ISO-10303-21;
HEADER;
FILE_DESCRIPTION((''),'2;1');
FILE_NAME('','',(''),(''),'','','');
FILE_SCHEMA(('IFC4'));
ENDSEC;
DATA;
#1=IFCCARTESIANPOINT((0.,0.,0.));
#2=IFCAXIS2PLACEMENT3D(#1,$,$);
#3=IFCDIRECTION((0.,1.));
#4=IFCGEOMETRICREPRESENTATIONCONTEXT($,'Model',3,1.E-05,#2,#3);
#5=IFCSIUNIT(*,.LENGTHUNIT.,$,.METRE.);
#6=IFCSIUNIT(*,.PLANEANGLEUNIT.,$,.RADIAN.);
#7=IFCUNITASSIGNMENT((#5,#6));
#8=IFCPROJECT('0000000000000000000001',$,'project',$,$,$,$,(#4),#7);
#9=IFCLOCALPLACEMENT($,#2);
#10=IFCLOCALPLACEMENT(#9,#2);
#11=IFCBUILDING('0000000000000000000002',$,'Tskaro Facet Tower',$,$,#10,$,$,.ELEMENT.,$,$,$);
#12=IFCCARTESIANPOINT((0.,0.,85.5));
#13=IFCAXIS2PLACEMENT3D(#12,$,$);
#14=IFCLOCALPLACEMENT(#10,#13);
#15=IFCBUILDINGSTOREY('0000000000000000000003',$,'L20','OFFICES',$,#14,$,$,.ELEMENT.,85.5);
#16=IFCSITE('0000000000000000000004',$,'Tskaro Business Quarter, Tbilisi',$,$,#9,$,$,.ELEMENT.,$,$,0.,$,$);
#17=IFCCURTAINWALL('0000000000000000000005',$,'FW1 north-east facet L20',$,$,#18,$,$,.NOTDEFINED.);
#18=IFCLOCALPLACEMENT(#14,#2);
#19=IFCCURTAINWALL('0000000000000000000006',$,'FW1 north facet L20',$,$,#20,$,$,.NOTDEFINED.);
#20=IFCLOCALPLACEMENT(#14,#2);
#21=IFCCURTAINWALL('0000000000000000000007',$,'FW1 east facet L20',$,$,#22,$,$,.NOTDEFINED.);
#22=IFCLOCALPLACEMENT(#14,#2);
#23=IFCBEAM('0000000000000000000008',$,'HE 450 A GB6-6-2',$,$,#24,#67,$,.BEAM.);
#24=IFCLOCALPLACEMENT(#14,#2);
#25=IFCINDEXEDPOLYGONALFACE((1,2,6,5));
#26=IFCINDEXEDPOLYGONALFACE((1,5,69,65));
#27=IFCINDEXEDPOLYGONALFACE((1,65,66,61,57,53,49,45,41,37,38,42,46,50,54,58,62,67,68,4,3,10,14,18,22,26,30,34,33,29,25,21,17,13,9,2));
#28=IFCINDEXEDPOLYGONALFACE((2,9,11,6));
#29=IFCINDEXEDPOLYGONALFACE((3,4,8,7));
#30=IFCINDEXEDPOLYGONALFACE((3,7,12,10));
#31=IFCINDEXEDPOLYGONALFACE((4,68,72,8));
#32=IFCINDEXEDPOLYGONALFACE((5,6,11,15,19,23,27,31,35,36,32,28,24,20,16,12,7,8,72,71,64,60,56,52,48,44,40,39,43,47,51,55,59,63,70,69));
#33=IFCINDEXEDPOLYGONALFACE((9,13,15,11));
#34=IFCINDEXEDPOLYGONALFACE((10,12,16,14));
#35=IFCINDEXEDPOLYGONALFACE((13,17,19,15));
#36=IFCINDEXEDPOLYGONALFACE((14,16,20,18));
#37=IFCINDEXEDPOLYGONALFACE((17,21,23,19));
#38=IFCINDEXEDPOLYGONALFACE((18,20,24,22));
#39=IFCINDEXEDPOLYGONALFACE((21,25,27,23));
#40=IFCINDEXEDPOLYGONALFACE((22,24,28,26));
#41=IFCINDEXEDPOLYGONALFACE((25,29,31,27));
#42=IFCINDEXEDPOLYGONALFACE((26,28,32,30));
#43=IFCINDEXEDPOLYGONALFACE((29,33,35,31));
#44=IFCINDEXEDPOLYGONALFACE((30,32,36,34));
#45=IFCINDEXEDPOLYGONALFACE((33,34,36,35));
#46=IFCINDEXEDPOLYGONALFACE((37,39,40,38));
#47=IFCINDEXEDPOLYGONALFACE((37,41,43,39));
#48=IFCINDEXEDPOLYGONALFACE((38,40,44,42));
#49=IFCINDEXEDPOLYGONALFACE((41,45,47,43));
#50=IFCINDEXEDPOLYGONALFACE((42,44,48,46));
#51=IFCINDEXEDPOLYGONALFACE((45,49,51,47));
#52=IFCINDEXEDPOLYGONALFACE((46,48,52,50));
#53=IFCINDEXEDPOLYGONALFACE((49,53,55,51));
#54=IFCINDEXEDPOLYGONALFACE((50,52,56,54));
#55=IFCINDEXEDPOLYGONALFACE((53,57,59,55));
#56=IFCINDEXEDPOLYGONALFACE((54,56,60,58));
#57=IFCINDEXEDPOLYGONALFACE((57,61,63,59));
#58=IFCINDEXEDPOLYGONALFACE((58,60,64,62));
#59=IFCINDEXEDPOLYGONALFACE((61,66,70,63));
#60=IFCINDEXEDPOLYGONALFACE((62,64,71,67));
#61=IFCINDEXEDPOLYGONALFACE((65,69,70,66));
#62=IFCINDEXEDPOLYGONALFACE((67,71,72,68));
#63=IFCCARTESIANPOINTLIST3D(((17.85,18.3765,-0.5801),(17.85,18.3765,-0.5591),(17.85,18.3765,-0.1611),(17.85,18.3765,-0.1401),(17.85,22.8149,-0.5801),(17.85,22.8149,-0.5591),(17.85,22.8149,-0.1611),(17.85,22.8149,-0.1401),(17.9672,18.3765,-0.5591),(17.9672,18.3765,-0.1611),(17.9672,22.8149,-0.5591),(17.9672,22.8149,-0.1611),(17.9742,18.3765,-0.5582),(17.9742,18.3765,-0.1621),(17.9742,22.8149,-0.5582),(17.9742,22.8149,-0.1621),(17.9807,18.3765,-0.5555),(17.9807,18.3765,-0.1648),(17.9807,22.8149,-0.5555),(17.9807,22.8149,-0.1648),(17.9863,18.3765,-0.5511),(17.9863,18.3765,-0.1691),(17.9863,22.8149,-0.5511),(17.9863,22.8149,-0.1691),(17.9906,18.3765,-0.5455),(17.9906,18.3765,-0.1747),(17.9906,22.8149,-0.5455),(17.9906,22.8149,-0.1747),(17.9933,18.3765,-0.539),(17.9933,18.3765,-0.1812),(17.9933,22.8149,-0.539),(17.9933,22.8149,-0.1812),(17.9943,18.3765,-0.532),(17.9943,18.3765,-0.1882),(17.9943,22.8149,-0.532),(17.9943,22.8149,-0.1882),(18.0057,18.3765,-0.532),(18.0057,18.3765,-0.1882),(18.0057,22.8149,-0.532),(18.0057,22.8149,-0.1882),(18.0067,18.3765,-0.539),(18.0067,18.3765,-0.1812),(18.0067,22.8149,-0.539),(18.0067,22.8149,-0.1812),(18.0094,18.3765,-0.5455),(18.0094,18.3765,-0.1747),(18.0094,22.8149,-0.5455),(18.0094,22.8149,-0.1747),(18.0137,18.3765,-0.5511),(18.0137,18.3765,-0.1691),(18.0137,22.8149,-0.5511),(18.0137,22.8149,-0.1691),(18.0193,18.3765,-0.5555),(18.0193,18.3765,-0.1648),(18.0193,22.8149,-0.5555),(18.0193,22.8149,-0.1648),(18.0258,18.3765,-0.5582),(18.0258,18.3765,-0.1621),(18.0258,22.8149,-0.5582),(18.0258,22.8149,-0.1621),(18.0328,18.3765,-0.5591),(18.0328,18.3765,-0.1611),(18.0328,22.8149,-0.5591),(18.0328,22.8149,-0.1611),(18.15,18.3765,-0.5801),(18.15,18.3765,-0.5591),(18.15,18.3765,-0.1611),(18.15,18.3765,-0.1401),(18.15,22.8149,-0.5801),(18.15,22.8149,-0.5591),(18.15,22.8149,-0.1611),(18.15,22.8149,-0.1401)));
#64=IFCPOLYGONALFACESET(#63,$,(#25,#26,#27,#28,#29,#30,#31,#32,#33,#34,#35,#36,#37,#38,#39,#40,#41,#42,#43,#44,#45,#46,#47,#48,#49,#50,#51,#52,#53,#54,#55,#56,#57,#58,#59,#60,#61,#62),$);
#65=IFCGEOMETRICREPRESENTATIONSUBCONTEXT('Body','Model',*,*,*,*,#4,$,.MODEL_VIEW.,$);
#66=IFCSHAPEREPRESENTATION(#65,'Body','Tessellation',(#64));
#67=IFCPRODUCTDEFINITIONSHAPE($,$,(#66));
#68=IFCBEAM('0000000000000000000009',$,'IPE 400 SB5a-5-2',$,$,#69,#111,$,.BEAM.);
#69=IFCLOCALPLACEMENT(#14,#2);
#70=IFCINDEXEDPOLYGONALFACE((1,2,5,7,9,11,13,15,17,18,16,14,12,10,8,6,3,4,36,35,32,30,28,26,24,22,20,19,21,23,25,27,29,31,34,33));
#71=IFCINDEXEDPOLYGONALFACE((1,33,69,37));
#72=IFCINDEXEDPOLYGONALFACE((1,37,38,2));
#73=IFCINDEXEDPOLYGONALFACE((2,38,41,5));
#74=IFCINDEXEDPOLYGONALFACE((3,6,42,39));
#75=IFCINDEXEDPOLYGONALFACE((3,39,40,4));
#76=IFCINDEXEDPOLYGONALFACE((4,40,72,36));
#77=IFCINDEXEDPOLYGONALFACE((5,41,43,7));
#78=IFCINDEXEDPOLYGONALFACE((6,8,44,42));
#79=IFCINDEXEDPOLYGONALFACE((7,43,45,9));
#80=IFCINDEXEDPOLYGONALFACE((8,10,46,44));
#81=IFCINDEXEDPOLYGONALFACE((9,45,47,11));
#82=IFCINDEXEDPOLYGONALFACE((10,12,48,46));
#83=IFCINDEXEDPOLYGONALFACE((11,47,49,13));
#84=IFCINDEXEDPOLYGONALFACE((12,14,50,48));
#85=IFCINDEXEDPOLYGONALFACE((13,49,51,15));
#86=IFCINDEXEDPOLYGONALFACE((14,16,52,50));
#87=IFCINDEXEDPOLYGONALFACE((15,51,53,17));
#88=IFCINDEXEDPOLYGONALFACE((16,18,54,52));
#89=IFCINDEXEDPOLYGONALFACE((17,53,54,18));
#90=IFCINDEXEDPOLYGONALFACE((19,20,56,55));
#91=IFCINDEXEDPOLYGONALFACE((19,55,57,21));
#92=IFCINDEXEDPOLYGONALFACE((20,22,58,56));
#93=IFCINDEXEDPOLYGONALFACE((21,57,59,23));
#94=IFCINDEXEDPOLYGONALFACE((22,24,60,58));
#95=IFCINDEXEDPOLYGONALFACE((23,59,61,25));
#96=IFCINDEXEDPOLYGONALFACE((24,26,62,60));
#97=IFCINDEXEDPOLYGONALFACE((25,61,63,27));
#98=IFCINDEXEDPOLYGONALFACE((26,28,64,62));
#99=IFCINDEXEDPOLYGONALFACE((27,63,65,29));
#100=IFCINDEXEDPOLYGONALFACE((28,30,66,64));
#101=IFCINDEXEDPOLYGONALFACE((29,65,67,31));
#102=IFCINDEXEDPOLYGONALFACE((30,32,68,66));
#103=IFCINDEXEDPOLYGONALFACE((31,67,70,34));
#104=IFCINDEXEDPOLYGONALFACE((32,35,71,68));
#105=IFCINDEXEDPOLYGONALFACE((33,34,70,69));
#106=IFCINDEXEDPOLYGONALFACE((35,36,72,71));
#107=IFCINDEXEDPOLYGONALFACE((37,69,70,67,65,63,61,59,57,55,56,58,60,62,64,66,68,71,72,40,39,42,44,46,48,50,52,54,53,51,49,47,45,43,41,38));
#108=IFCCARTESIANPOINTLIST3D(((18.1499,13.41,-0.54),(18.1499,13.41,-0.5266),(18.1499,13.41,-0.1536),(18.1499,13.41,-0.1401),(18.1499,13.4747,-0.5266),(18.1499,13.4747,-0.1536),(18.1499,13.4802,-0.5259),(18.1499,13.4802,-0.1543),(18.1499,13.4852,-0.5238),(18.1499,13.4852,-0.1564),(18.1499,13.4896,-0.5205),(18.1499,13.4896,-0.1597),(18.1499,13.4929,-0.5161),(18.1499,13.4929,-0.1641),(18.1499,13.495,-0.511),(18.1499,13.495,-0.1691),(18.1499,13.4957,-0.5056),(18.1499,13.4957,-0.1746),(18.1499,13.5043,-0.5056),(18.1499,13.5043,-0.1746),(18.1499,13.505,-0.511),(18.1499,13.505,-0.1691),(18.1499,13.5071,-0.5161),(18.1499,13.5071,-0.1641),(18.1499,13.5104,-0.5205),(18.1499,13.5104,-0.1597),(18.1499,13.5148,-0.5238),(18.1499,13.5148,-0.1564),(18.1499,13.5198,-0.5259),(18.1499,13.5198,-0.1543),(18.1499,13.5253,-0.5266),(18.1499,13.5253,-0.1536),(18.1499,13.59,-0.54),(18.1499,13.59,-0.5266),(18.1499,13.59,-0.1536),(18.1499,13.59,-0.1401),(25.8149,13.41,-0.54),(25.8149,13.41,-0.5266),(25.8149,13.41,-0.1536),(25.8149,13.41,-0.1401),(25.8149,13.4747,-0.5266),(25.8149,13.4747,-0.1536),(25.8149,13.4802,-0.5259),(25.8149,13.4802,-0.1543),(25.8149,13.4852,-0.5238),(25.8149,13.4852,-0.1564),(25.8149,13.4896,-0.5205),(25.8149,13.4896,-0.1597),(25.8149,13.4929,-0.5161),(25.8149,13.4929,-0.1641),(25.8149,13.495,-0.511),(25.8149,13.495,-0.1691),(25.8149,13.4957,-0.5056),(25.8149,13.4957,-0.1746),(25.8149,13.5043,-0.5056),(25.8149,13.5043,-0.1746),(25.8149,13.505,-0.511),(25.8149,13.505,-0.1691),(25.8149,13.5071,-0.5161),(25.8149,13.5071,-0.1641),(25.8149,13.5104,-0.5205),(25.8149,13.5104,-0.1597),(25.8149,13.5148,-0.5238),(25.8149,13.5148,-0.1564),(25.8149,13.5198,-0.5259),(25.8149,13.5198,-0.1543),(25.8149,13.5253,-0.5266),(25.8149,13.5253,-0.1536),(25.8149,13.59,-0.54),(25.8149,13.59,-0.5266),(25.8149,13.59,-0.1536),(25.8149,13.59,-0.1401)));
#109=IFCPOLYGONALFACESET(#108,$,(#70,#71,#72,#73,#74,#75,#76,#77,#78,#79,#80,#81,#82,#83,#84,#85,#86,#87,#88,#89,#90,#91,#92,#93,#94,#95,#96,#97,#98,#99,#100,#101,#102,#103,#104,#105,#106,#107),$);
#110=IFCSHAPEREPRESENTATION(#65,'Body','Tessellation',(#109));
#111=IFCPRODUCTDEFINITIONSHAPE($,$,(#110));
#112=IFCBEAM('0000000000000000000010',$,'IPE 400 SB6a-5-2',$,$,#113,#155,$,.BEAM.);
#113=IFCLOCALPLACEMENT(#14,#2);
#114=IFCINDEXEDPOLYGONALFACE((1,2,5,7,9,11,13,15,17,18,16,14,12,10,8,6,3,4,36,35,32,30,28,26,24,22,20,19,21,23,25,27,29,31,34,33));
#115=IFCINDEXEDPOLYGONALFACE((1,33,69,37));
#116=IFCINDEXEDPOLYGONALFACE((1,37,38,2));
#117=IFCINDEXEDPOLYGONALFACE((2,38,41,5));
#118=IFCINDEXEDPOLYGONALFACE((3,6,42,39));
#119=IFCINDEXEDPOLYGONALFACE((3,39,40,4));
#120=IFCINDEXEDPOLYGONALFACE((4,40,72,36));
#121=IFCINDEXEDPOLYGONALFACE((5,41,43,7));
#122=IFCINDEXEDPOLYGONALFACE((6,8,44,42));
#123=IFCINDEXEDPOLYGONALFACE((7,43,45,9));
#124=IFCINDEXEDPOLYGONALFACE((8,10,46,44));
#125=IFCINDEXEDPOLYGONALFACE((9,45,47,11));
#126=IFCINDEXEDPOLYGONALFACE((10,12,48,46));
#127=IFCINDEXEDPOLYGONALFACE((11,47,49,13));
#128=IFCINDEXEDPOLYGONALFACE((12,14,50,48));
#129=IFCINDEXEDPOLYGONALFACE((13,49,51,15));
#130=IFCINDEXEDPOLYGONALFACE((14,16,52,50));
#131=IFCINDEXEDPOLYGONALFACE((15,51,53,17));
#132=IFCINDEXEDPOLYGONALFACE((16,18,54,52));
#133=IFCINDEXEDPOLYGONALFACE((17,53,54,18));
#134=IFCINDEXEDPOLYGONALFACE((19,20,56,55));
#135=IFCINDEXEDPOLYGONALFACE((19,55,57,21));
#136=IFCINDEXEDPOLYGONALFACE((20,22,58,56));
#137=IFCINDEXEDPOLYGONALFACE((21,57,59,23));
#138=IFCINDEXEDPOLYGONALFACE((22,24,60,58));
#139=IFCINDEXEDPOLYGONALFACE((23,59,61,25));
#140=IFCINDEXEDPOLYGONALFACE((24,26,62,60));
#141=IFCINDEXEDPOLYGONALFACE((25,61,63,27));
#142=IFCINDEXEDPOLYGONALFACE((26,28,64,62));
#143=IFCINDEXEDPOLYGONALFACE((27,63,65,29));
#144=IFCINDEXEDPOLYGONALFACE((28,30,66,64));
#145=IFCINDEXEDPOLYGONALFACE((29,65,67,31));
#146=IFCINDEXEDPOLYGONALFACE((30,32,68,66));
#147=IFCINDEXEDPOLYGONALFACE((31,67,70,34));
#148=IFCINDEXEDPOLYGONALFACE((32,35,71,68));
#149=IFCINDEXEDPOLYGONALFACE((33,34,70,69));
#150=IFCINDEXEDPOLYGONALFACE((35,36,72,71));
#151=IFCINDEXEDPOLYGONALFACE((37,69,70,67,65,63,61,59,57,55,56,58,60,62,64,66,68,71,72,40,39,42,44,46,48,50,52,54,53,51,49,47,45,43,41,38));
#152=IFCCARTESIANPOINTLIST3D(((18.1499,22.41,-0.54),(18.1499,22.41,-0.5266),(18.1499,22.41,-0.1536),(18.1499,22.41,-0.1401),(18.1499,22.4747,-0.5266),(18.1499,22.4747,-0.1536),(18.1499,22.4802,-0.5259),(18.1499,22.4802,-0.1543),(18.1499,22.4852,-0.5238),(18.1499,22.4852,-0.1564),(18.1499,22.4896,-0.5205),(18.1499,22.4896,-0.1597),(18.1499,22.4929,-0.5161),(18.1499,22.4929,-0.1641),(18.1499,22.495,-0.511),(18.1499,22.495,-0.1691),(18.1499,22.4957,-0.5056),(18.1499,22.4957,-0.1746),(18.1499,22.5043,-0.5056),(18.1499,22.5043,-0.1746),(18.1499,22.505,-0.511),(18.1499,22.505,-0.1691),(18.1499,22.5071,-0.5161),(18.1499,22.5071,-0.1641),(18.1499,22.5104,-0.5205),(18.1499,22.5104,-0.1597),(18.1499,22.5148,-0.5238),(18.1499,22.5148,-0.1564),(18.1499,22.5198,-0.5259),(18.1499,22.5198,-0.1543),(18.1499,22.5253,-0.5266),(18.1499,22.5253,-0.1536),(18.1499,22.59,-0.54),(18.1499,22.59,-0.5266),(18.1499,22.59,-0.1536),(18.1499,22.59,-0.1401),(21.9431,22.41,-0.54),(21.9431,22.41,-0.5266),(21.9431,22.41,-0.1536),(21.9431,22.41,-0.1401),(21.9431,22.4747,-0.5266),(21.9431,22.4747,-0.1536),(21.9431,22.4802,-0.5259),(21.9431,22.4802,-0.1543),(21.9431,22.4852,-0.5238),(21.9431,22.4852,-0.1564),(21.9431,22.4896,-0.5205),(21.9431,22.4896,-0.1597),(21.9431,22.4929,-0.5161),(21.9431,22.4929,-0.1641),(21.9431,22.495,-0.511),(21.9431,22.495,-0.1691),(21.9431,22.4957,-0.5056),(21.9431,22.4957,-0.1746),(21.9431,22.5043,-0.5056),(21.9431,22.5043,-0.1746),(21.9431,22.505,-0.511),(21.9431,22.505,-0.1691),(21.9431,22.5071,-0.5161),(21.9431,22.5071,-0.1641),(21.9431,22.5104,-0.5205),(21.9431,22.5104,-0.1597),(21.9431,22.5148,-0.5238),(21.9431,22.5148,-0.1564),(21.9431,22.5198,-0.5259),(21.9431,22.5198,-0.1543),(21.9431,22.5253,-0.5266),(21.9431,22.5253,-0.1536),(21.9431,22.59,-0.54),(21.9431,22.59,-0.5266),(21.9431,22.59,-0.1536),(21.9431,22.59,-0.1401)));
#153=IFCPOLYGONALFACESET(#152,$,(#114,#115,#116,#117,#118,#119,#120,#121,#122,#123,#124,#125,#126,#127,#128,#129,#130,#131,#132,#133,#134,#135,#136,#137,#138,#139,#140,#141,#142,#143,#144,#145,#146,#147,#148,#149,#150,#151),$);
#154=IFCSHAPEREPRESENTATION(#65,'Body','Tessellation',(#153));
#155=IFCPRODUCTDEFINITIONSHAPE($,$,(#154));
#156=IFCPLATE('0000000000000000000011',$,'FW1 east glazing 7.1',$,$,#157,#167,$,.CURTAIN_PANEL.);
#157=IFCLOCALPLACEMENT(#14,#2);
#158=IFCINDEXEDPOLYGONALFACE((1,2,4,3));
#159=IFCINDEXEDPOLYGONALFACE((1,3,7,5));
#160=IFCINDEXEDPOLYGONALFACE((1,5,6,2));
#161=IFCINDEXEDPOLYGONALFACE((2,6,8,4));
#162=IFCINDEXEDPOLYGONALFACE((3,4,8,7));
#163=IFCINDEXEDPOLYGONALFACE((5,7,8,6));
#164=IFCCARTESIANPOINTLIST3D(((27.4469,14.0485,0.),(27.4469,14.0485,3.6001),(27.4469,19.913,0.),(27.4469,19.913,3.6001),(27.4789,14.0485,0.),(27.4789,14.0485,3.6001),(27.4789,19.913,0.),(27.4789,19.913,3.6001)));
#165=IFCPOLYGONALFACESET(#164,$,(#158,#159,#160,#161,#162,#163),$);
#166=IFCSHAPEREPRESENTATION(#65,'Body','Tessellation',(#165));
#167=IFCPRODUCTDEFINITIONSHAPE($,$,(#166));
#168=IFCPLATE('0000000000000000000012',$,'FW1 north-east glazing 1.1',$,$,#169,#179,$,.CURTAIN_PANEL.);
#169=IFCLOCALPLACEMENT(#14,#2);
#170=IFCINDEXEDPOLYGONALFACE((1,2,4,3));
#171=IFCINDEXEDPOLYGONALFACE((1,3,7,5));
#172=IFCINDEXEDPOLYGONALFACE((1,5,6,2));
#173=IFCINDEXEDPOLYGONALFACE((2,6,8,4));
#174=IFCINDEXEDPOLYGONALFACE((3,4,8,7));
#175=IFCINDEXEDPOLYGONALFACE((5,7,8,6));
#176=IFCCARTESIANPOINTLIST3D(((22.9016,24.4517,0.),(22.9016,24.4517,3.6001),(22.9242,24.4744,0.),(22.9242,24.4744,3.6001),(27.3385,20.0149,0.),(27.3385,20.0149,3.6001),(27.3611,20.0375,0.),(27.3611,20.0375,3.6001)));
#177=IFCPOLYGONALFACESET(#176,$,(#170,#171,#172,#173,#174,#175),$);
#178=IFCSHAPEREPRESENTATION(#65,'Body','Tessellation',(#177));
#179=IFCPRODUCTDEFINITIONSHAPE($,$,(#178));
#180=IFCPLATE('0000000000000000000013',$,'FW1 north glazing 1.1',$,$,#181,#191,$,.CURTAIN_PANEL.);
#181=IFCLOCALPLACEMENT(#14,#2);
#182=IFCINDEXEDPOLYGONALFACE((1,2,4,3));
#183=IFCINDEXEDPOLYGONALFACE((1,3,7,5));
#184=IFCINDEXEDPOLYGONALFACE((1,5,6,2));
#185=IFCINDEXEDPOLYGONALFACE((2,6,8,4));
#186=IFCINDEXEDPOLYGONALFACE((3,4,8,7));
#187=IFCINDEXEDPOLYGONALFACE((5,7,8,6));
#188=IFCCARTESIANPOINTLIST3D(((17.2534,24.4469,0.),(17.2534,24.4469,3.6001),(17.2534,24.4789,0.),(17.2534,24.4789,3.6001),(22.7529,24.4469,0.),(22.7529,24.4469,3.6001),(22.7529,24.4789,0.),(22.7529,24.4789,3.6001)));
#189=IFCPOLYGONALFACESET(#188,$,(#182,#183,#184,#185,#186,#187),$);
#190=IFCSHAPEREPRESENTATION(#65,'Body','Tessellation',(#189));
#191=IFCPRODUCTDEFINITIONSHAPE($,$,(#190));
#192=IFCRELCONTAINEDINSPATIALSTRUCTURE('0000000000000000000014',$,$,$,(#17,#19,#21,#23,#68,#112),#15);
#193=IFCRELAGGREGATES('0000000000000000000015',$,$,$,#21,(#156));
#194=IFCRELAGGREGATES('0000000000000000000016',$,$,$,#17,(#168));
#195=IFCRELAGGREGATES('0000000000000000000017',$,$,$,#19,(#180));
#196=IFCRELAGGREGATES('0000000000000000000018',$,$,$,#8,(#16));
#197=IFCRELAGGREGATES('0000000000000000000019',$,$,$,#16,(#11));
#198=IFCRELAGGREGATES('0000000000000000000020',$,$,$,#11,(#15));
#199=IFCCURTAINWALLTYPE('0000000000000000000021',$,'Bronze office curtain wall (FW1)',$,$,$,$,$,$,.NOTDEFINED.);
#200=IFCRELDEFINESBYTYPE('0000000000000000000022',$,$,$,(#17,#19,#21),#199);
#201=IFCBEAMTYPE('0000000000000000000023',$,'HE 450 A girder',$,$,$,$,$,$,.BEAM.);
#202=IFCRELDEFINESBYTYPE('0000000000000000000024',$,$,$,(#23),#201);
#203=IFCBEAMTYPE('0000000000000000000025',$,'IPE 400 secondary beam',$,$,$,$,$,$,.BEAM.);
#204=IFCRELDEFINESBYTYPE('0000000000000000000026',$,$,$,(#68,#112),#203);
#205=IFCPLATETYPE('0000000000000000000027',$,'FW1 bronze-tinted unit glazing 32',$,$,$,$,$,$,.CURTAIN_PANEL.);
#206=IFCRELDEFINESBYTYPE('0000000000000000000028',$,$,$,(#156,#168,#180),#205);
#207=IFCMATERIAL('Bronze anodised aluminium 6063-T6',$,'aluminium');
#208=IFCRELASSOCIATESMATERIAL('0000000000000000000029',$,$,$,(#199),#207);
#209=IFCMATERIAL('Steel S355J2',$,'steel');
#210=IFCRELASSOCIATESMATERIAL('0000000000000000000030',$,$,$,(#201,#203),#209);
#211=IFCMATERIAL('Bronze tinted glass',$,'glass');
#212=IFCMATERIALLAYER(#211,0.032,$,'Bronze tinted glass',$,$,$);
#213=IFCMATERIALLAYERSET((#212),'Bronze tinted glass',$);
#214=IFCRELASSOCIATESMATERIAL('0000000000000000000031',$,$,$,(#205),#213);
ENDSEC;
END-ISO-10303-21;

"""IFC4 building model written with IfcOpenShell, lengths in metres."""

from ifc_helpers import new_model, si_unit, direction, frame, origin, origin_2d, place, context, subcontext, project, spatial, rectangle, i_section, extrude, material, layer, layer_set, material_profile, profile_set, type_object, element, aggregate, save


model = new_model("IFC4")

# Units and contexts
model_context = context("Model", 3, precision=1e-05, world=origin(), true_north=direction((0.0, 1.0)))
body_context = subcontext(model_context, "Body", "Model", "MODEL_VIEW")
ifc_project = project(units=[si_unit("LENGTHUNIT", "METRE"), si_unit("PLANEANGLEUNIT", "RADIAN")], contexts=[model_context])

# Site, building, storey
site_placement = place(None, origin())
site = spatial("IfcSite", under=ifc_project, at=site_placement, Name="Tskaro Business Quarter, Tbilisi", CompositionType="ELEMENT", RefElevation=0.0)
building_placement = place(site_placement, origin())
building = spatial("IfcBuilding", under=site, at=building_placement, Name="Tskaro Facet Tower", CompositionType="ELEMENT")
storey_placement = place(building_placement, frame((0.0, 0.0, 85.5)))
storey = spatial("IfcBuildingStorey", under=building, at=storey_placement, Name="L20", Description="OFFICES", CompositionType="ELEMENT", Elevation=85.5)

# Curtain walls
ifc_material_1 = material(Name="Bronze anodised aluminium 6063-T6", Category="aluminium")
curtain_wall_type = type_object("IfcCurtainWallType", Name="Bronze office curtain wall (FW1)", PredefinedType="NOTDEFINED", material=ifc_material_1)
curtain_wall_1_placement = place(storey_placement, origin())
curtain_wall_1 = element("IfcCurtainWall", 1, at=curtain_wall_1_placement, inside=storey, type_object=curtain_wall_type, Name="FW1 north-east facet L20", PredefinedType="NOTDEFINED")
curtain_wall_2_placement = place(storey_placement, origin())
curtain_wall_2 = element("IfcCurtainWall", 2, at=curtain_wall_2_placement, inside=storey, type_object=curtain_wall_type, Name="FW1 north facet L20", PredefinedType="NOTDEFINED")

# Curtain wall
curtain_wall_3_placement = place(storey_placement, origin())
curtain_wall_3 = element("IfcCurtainWall", 3, at=curtain_wall_3_placement, inside=storey, type_object=curtain_wall_type, Name="FW1 east facet L20", PredefinedType="NOTDEFINED")

# Beams
ifc_material_2 = material(Name="Steel S355J2", Category="steel")
ifc_material_profile_1 = material_profile(ifc_material_2, i_section(OverallWidth=0.3, OverallDepth=0.4399, WebThickness=0.0115, FlangeThickness=0.021, FilletRadius=0.0271, at=origin_2d()), Name="HE 450 A")
ifc_profile_set_1 = profile_set([ifc_material_profile_1], Name="Steel S355J2")
beam_type_1 = type_object("IfcBeamType", Name="HE 450 A girder", PredefinedType="BEAM", material=ifc_profile_set_1)
beam_1_placement = place(storey_placement, frame((18.0, 18.3765, -0.3601), z_axis=(0.0, 1.0, 0.0), x_axis=(-1.0, 0.0, 0.0)))
element("IfcBeam", 4, at=beam_1_placement, inside=storey, type_object=beam_type_1, Name="HE 450 A GB6-6-2", PredefinedType="BEAM", context=body_context, shape_type="SweptSolid", body=[
    extrude(i_section(OverallWidth=0.3, OverallDepth=0.4399, WebThickness=0.0115, FlangeThickness=0.021, FilletRadius=0.0271, at=origin_2d()), origin(), (0.0, 0.0, 1.0), 4.4385),
])
ifc_material_profile_2 = material_profile(ifc_material_2, i_section(OverallWidth=0.1799, OverallDepth=0.3999, WebThickness=0.0085, FlangeThickness=0.0134, FilletRadius=0.021, at=origin_2d()), Name="IPE 400")
ifc_profile_set_2 = profile_set([ifc_material_profile_2], Name="Steel S355J2")
beam_type_2 = type_object("IfcBeamType", Name="IPE 400 secondary beam", PredefinedType="BEAM", material=ifc_profile_set_2)
beam_2_placement = place(storey_placement, frame((18.1499, 13.5, -0.3401), z_axis=(1.0, 0.0, 0.0), x_axis=(0.0, 1.0, 0.0)))
element("IfcBeam", 5, at=beam_2_placement, inside=storey, type_object=beam_type_2, Name="IPE 400 SB5a-5-2", PredefinedType="BEAM", context=body_context, shape_type="SweptSolid", body=[
    extrude(i_section(OverallWidth=0.1799, OverallDepth=0.3999, WebThickness=0.0085, FlangeThickness=0.0134, FilletRadius=0.021, at=origin_2d()), origin(), (0.0, 0.0, 1.0), 7.665),
])
beam_3_placement = place(storey_placement, frame((18.1499, 22.5, -0.3401), z_axis=(1.0, 0.0, 0.0), x_axis=(0.0, 1.0, 0.0)))
element("IfcBeam", 6, at=beam_3_placement, inside=storey, type_object=beam_type_2, Name="IPE 400 SB6a-5-2", PredefinedType="BEAM", context=body_context, shape_type="SweptSolid", body=[
    extrude(i_section(OverallWidth=0.1799, OverallDepth=0.3999, WebThickness=0.0085, FlangeThickness=0.0134, FilletRadius=0.021, at=origin_2d()), origin(), (0.0, 0.0, 1.0), 3.7932),
])

# Plates
ifc_material_3 = material(Name="Bronze tinted glass", Category="glass")
ifc_layer_1 = layer(ifc_material_3, 0.032, Name="Bronze tinted glass")
ifc_layer_set_1 = layer_set([ifc_layer_1], Name="Bronze tinted glass")
plate_type = type_object("IfcPlateType", Name="FW1 bronze-tinted unit glazing 32", PredefinedType="CURTAIN_PANEL", material=ifc_layer_set_1)
plate_1_placement = place(storey_placement, frame((27.4629, 16.9807, 0.0), z_axis=(0.0, 0.0, 1.0), x_axis=(0.0, 1.0, 0.0)))
plate_1 = element("IfcPlate", 7, at=plate_1_placement, type_object=plate_type, Name="FW1 east glazing 7.1", PredefinedType="CURTAIN_PANEL", context=body_context, shape_type="SweptSolid", body=[
    extrude(rectangle(XDim=5.8645, YDim=0.032, at=origin_2d()), origin(), (0.0, 0.0, 1.0), 3.6001),
])
aggregate(curtain_wall_3, [plate_1])
plate_2_placement = place(storey_placement, frame((25.1313, 22.2446, 0.0), z_axis=(0.0, 0.0, 1.0), x_axis=(-0.707107, 0.707107, 0.0)))
plate_2 = element("IfcPlate", 8, at=plate_2_placement, type_object=plate_type, Name="FW1 north-east glazing 1.1", PredefinedType="CURTAIN_PANEL", context=body_context, shape_type="SweptSolid", body=[
    extrude(rectangle(XDim=6.2747, YDim=0.032, at=origin_2d()), origin(), (0.0, 0.0, 1.0), 3.6001),
])
aggregate(curtain_wall_1, [plate_2])
plate_3_placement = place(storey_placement, frame((20.0032, 24.4629, 0.0), z_axis=(0.0, 0.0, 1.0), x_axis=(-1.0, 0.0, 0.0)))
plate_3 = element("IfcPlate", 9, at=plate_3_placement, type_object=plate_type, Name="FW1 north glazing 1.1", PredefinedType="CURTAIN_PANEL", context=body_context, shape_type="SweptSolid", body=[
    extrude(rectangle(XDim=5.4995, YDim=0.032, at=origin_2d()), origin(), (0.0, 0.0, 1.0), 3.6001),
])
aggregate(curtain_wall_2, [plate_3])

save(model, "model.ifc")
